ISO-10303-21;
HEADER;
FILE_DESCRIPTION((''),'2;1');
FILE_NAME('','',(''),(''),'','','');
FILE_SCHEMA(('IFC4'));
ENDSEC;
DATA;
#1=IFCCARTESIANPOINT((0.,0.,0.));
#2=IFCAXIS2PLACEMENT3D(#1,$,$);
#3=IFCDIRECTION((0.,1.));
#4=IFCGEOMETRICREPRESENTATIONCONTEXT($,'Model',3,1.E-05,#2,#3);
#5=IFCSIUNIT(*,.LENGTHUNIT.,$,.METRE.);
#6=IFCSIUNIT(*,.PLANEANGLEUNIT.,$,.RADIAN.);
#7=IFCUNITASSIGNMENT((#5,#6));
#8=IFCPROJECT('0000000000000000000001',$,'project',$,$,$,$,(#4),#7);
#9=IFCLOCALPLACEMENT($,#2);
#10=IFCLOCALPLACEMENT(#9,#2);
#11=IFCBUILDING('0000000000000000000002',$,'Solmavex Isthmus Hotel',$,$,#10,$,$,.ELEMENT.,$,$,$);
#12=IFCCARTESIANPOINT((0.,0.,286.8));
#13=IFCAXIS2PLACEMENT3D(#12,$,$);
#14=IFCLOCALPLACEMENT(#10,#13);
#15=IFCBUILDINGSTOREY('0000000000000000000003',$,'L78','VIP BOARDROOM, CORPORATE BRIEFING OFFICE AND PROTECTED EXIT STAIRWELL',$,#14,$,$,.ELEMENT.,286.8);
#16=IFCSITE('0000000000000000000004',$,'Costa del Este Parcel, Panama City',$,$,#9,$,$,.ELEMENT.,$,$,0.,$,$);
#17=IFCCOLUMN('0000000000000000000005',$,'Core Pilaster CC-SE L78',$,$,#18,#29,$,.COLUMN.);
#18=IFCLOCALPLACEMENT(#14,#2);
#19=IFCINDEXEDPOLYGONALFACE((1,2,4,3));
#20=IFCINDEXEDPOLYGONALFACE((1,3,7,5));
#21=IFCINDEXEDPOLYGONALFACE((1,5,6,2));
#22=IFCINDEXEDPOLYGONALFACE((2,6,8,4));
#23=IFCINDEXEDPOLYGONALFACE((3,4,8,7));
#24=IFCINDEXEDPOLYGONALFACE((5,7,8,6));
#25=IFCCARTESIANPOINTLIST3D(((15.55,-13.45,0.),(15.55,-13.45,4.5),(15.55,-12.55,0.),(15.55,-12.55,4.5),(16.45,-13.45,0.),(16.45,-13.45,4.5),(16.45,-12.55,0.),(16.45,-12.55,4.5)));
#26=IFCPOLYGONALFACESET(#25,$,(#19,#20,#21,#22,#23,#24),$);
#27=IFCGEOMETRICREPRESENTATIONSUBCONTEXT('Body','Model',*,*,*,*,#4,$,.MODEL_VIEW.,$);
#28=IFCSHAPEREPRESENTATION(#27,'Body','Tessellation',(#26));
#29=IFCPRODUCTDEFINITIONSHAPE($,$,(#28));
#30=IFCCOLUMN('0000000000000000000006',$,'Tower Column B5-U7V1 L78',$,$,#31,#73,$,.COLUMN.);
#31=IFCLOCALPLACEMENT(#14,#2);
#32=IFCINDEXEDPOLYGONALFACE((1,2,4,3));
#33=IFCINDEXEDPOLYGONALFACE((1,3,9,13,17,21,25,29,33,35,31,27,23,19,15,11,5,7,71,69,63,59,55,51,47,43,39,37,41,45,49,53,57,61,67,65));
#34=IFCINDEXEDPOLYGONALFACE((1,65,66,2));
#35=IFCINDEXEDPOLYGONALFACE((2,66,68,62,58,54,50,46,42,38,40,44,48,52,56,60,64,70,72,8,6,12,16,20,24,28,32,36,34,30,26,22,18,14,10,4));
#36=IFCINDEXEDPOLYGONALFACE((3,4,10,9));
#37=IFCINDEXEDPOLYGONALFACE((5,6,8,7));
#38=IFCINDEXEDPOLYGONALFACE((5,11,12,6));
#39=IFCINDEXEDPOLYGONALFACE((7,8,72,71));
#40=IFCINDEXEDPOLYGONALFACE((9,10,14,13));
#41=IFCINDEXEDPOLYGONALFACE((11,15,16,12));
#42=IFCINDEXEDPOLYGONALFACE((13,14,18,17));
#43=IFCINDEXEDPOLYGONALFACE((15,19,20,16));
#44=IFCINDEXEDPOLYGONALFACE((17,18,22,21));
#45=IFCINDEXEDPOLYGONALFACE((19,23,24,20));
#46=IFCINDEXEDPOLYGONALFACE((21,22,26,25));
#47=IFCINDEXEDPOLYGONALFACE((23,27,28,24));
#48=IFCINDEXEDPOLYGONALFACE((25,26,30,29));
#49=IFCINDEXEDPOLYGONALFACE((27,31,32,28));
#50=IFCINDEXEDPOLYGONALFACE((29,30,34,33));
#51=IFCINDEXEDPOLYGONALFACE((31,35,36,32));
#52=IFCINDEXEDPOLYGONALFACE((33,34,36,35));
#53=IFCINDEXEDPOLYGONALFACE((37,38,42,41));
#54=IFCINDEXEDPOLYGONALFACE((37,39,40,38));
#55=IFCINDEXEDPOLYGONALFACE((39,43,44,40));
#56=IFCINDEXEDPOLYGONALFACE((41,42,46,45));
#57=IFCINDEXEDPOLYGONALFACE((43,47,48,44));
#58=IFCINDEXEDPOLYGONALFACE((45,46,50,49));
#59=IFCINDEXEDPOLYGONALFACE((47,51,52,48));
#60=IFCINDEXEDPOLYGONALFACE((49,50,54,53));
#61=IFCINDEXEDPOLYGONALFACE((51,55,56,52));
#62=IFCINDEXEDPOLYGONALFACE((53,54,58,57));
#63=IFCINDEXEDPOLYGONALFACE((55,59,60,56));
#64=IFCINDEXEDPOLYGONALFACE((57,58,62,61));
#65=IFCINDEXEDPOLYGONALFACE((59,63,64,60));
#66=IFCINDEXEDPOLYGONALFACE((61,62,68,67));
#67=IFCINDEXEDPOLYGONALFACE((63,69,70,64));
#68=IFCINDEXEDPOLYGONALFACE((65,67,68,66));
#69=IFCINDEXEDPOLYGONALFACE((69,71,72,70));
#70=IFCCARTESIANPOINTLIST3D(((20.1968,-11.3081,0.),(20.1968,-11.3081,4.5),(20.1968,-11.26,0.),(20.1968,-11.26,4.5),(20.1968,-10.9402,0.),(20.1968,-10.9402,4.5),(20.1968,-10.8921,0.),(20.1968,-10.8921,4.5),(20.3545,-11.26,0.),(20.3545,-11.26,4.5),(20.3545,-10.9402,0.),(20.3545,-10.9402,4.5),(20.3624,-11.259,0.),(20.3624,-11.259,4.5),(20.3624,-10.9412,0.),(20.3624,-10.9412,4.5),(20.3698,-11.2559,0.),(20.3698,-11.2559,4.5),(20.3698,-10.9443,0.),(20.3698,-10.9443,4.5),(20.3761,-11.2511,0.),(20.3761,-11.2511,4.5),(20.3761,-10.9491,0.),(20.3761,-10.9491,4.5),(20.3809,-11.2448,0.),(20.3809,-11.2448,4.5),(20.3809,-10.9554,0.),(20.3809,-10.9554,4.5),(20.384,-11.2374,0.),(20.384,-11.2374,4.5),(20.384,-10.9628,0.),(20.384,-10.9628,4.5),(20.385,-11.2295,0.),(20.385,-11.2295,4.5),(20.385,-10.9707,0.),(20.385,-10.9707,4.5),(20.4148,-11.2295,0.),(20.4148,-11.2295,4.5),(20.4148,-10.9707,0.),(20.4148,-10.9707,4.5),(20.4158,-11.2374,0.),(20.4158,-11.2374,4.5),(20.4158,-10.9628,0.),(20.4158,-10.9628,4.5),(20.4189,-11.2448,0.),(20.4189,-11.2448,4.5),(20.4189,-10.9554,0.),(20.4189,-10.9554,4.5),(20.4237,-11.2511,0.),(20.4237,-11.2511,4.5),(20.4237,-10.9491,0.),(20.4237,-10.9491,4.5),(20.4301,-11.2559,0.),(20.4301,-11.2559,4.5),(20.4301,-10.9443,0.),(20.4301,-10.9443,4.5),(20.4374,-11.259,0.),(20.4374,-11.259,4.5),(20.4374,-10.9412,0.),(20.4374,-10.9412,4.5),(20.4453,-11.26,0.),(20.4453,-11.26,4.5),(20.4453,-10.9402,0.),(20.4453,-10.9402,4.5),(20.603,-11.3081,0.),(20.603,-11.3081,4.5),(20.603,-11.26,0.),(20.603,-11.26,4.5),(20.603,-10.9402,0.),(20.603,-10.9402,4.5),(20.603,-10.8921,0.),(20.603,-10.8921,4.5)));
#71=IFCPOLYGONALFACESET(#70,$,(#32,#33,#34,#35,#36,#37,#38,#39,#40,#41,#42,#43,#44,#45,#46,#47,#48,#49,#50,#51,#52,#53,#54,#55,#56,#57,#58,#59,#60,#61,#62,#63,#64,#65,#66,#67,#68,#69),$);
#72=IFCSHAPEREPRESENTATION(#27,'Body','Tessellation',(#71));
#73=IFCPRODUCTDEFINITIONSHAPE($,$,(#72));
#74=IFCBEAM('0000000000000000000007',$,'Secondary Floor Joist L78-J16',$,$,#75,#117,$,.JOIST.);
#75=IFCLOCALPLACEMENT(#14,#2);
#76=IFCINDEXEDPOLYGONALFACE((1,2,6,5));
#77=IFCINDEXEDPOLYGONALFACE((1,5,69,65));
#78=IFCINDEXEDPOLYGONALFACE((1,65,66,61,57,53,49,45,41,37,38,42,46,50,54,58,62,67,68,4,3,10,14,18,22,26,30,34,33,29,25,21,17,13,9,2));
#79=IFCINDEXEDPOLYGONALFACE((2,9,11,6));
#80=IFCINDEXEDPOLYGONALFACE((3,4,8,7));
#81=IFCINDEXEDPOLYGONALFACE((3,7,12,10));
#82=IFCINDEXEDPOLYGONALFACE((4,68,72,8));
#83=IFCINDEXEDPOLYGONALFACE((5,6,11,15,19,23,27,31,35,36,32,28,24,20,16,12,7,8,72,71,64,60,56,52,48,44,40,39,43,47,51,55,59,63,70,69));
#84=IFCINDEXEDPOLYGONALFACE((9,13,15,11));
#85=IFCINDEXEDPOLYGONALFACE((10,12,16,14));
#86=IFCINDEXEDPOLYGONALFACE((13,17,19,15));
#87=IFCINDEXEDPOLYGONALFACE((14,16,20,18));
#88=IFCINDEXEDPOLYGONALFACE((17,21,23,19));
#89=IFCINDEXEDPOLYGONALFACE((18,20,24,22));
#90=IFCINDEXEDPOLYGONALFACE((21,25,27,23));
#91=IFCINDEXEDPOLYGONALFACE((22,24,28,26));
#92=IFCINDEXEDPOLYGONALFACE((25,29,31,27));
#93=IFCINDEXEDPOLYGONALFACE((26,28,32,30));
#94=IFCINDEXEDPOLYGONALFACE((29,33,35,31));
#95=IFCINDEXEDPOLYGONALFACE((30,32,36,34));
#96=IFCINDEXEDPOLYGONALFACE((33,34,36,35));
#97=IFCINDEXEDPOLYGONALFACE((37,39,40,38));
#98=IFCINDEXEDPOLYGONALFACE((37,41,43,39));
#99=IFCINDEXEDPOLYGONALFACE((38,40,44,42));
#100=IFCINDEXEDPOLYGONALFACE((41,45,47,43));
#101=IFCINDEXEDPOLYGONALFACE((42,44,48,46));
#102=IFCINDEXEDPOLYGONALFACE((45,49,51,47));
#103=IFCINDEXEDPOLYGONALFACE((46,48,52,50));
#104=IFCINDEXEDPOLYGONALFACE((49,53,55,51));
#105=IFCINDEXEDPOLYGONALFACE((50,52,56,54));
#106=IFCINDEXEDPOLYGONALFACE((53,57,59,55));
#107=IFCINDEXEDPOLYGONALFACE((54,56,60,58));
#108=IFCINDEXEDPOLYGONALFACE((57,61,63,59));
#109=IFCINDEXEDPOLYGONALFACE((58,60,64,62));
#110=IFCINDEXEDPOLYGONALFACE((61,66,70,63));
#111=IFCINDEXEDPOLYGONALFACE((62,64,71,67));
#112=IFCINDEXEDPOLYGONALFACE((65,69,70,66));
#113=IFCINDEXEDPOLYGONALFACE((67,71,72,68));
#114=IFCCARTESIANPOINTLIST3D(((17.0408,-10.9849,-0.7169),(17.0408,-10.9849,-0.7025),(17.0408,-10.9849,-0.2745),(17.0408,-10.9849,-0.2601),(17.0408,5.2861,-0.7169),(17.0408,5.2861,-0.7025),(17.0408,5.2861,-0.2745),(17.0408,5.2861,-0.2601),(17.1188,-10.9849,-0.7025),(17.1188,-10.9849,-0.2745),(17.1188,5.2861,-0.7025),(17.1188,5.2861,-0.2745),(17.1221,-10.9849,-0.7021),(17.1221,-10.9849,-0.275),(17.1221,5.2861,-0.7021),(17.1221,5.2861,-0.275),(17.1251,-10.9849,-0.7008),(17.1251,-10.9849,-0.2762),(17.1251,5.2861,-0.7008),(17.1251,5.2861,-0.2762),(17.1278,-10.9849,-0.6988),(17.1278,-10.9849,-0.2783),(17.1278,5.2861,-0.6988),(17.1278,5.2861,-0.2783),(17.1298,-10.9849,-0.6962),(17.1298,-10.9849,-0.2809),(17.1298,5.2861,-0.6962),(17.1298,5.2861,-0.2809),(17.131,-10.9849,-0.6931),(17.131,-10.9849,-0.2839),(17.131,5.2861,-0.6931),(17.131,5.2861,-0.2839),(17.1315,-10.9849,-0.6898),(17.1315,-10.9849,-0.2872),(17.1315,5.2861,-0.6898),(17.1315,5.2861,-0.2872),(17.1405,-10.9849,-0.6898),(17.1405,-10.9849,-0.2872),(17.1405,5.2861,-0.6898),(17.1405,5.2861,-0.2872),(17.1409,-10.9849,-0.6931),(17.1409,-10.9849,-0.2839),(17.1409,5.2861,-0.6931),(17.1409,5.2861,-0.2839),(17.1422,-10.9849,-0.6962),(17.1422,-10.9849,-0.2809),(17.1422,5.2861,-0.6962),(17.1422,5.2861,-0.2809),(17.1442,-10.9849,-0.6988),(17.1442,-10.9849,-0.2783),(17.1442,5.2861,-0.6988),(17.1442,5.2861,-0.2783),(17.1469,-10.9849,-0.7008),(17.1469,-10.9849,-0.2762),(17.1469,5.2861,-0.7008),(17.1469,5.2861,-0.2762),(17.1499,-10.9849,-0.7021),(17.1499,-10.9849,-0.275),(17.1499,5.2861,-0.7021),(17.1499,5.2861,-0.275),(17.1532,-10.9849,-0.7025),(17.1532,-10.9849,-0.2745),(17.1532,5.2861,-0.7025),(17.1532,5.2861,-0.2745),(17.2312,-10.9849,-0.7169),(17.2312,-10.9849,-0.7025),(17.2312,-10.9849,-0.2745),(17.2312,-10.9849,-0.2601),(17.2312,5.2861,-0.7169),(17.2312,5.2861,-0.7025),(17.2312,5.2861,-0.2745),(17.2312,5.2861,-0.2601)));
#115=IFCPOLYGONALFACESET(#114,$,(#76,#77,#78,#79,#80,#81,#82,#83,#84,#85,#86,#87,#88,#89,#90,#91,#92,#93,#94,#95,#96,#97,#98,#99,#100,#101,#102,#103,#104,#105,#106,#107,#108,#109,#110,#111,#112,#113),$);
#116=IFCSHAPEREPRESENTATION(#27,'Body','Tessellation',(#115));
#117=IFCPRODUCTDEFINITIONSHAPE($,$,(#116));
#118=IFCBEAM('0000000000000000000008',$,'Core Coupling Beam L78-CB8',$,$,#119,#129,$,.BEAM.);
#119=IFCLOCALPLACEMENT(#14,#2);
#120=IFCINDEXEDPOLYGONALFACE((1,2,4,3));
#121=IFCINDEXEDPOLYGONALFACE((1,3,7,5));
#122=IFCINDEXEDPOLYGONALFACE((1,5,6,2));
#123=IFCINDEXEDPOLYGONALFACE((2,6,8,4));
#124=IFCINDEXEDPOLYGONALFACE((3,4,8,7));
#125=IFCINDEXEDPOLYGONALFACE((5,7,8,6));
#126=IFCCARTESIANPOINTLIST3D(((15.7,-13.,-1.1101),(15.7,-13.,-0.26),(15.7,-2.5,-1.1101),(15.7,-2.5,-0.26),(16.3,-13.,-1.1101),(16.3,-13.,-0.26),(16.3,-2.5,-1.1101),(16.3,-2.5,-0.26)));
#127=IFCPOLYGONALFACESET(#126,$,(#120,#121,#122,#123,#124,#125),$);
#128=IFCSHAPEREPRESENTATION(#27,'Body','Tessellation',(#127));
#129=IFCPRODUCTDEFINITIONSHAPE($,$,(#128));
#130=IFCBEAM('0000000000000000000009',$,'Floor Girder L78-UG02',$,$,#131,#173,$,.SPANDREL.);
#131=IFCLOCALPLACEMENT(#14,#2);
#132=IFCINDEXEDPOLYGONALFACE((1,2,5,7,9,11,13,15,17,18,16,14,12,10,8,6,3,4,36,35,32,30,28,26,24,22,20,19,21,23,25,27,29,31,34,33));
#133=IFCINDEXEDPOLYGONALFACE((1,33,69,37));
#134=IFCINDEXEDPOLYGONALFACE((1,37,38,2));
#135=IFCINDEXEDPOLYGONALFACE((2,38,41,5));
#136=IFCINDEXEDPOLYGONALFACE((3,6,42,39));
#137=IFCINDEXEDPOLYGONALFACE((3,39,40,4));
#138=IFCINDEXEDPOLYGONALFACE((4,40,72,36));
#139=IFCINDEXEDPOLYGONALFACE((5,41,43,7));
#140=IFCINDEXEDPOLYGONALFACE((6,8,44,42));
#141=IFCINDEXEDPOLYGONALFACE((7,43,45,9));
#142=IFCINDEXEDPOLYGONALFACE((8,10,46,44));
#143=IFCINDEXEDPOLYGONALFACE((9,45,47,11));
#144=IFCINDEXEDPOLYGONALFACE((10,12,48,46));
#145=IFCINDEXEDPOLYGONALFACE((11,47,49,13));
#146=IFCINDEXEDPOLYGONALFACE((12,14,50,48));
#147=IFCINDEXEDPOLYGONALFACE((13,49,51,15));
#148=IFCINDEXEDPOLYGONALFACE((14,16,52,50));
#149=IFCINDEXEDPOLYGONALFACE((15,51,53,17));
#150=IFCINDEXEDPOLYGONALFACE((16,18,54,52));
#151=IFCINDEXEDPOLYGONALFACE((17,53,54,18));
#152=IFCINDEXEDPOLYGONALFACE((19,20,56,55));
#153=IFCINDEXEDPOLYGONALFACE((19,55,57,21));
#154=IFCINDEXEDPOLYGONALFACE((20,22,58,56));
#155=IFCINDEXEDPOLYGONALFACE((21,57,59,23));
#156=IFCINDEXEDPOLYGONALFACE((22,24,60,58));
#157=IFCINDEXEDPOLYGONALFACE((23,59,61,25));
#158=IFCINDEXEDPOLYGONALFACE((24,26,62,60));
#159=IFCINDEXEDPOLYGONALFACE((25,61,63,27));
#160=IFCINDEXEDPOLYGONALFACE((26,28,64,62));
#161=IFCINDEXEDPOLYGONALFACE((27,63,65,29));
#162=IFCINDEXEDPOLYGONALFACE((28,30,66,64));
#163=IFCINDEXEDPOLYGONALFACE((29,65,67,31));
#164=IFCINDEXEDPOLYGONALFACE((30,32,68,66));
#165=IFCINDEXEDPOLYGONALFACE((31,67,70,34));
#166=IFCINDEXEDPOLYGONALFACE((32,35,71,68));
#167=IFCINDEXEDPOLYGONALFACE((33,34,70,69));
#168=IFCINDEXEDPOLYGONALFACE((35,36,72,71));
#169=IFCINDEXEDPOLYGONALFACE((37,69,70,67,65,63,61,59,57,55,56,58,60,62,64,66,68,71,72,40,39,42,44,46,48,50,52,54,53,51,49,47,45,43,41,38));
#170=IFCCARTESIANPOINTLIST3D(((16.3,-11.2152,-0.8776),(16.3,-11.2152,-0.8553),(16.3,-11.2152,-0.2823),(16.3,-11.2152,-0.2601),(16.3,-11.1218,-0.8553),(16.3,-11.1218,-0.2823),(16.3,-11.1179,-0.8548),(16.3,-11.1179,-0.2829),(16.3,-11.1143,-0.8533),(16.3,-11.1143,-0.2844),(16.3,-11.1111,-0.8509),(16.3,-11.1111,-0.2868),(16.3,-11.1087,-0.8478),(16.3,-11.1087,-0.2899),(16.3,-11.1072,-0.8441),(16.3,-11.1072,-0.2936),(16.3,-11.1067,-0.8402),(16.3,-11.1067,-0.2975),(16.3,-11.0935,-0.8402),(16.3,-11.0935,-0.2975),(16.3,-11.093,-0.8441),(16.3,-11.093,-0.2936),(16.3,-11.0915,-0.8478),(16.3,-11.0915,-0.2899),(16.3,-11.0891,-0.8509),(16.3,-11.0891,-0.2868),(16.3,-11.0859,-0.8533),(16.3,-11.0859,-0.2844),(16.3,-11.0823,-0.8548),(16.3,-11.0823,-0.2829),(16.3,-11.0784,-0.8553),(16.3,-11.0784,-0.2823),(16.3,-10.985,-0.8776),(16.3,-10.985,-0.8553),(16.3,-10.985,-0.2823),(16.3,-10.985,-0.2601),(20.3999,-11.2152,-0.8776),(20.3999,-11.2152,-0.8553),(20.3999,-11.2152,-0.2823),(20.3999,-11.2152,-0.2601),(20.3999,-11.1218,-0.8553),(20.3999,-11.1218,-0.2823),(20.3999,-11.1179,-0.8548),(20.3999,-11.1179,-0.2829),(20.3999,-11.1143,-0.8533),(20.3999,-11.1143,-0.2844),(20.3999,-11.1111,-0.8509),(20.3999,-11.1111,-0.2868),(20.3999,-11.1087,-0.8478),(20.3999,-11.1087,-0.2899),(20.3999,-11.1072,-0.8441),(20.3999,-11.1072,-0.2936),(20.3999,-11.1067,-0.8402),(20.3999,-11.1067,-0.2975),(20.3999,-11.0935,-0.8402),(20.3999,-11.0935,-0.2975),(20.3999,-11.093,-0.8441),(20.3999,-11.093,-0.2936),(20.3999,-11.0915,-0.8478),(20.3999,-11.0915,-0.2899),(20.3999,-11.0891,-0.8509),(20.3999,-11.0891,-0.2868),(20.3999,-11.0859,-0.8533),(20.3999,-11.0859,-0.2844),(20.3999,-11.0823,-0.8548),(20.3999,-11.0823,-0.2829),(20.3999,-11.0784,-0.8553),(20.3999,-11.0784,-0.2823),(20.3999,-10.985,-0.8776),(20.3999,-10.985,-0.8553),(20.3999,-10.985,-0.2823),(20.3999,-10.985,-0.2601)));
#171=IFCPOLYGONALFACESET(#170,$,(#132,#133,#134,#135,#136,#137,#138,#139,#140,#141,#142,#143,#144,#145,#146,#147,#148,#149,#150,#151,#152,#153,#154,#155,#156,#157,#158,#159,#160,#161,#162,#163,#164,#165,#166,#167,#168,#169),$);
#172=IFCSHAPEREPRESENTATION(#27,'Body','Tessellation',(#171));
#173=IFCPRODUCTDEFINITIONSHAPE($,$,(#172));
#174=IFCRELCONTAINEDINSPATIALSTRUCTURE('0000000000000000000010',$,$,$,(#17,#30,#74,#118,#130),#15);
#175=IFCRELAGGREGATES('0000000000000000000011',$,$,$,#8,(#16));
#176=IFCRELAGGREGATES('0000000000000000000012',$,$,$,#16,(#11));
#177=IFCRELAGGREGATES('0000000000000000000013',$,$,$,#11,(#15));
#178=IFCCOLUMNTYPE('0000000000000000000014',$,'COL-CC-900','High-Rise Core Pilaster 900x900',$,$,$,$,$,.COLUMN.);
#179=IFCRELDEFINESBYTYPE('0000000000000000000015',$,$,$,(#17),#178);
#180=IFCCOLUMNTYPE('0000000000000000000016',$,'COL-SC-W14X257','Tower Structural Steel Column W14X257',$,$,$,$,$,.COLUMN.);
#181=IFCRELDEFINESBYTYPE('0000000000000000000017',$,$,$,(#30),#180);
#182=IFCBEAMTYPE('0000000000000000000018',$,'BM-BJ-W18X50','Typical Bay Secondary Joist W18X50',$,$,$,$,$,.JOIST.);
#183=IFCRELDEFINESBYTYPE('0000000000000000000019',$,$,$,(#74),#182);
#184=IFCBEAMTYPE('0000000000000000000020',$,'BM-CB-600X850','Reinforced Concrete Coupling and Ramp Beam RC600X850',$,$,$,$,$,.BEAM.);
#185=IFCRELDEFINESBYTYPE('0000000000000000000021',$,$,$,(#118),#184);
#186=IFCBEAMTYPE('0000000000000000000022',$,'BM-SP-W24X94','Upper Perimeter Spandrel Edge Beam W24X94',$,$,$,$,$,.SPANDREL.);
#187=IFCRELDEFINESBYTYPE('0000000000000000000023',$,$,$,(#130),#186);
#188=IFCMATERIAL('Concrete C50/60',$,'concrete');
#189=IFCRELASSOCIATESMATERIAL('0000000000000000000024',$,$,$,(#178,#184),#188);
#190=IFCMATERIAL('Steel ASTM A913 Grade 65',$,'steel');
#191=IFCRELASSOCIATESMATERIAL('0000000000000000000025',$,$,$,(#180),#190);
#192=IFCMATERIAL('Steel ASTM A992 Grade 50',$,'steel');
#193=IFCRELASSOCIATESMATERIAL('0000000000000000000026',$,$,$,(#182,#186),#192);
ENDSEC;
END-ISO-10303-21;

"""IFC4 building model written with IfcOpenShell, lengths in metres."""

from ifc_helpers import new_model, si_unit, direction, frame, origin, origin_2d, place, context, subcontext, project, spatial, rectangle, i_section, extrude, material, material_profile, profile_set, type_object, element, save


model = new_model("IFC4")

# Units and contexts
model_context = context("Model", 3, precision=1e-05, world=origin(), true_north=direction((0.0, 1.0)))
body_context = subcontext(model_context, "Body", "Model", "MODEL_VIEW")
ifc_project = project(units=[si_unit("LENGTHUNIT", "METRE"), si_unit("PLANEANGLEUNIT", "RADIAN")], contexts=[model_context])

# Site, building, storey
site_placement = place(None, origin())
site = spatial("IfcSite", under=ifc_project, at=site_placement, Name="Costa del Este Parcel, Panama City", CompositionType="ELEMENT", RefElevation=0.0)
building_placement = place(site_placement, origin())
building = spatial("IfcBuilding", under=site, at=building_placement, Name="Solmavex Isthmus Hotel", CompositionType="ELEMENT")
storey_placement = place(building_placement, frame((0.0, 0.0, 286.8)))
storey = spatial("IfcBuildingStorey", under=building, at=storey_placement, Name="L78", Description="VIP BOARDROOM, CORPORATE BRIEFING OFFICE AND PROTECTED EXIT STAIRWELL", CompositionType="ELEMENT", Elevation=286.8)

# Columns
ifc_material_1 = material(Name="Concrete C50/60", Category="concrete")
ifc_material_profile_1 = material_profile(ifc_material_1, rectangle(XDim=0.8999, YDim=0.8999, at=origin_2d()), Name="RC900X900")
ifc_profile_set_1 = profile_set([ifc_material_profile_1], Name="Concrete C50/60")
column_type_1 = type_object("IfcColumnType", Name="COL-CC-900", Description="High-Rise Core Pilaster 900x900", PredefinedType="COLUMN", material=ifc_profile_set_1)
column_1_placement = place(storey_placement, frame((16.0, -13.0, 0.0), z_axis=(0.0, 0.0, 1.0), x_axis=(1.0, 0.0, 0.0)))
element("IfcColumn", 1, at=column_1_placement, inside=storey, type_object=column_type_1, Name="Core Pilaster CC-SE L78", PredefinedType="COLUMN", context=body_context, shape_type="SweptSolid", body=[
    extrude(rectangle(XDim=0.8999, YDim=0.8999, at=origin_2d()), origin(), (0.0, 0.0, 1.0), 4.5),
])
ifc_material_2 = material(Name="Steel ASTM A913 Grade 65", Category="steel")
ifc_material_profile_2 = material_profile(ifc_material_2, i_section(OverallWidth=0.4062, OverallDepth=0.416, WebThickness=0.0298, FlangeThickness=0.0481, FilletRadius=0.0305, at=origin_2d()), Name="W14X257")
ifc_profile_set_2 = profile_set([ifc_material_profile_2], Name="Steel ASTM A913 Grade 65")
column_type_2 = type_object("IfcColumnType", Name="COL-SC-W14X257", Description="Tower Structural Steel Column W14X257", PredefinedType="COLUMN", material=ifc_profile_set_2)
column_2_placement = place(storey_placement, frame((20.3999, -11.1001, 0.0), z_axis=(0.0, 0.0, 1.0), x_axis=(1.0, 0.0, 0.0)))
element("IfcColumn", 2, at=column_2_placement, inside=storey, type_object=column_type_2, Name="Tower Column B5-U7V1 L78", PredefinedType="COLUMN", context=body_context, shape_type="SweptSolid", body=[
    extrude(i_section(OverallWidth=0.4062, OverallDepth=0.416, WebThickness=0.0298, FlangeThickness=0.0481, FilletRadius=0.0305, at=origin_2d()), origin(), (0.0, 0.0, 1.0), 4.5),
])

# Beams
ifc_material_3 = material(Name="Steel ASTM A992 Grade 50", Category="steel")
ifc_material_profile_3 = material_profile(ifc_material_3, i_section(OverallWidth=0.1904, OverallDepth=0.4568, WebThickness=0.009, FlangeThickness=0.0144, FilletRadius=0.0127, at=origin_2d()), Name="W18X50")
ifc_profile_set_3 = profile_set([ifc_material_profile_3], Name="Steel ASTM A992 Grade 50")
beam_type_1 = type_object("IfcBeamType", Name="BM-BJ-W18X50", Description="Typical Bay Secondary Joist W18X50", PredefinedType="JOIST", material=ifc_profile_set_3)
beam_1_placement = place(storey_placement, frame((17.136, -10.9849, -0.4885), z_axis=(0.0, 1.0, 0.0), x_axis=(-1.0, 0.0, 0.0)))
element("IfcBeam", 3, at=beam_1_placement, inside=storey, type_object=beam_type_1, Name="Secondary Floor Joist L78-J16", PredefinedType="JOIST", context=body_context, shape_type="SweptSolid", body=[
    extrude(i_section(OverallWidth=0.1904, OverallDepth=0.4568, WebThickness=0.009, FlangeThickness=0.0144, FilletRadius=0.0127, at=origin_2d()), origin(), (0.0, 0.0, 1.0), 16.271),
])
ifc_material_profile_4 = material_profile(ifc_material_1, rectangle(XDim=0.6001, YDim=0.8501, at=origin_2d()), Name="RC600X850")
ifc_profile_set_4 = profile_set([ifc_material_profile_4], Name="Concrete C50/60")
beam_type_2 = type_object("IfcBeamType", Name="BM-CB-600X850", Description="Reinforced Concrete Coupling and Ramp Beam RC600X850", PredefinedType="BEAM", material=ifc_profile_set_4)
beam_2_placement = place(storey_placement, frame((16.0, -13.0, -0.6851), z_axis=(0.0, 1.0, 0.0), x_axis=(-1.0, 0.0, 0.0)))
element("IfcBeam", 4, at=beam_2_placement, inside=storey, type_object=beam_type_2, Name="Core Coupling Beam L78-CB8", PredefinedType="BEAM", context=body_context, shape_type="SweptSolid", body=[
    extrude(rectangle(XDim=0.6001, YDim=0.8501, at=origin_2d()), origin(), (0.0, 0.0, 1.0), 10.5),
])
ifc_material_profile_5 = material_profile(ifc_material_3, i_section(OverallWidth=0.2302, OverallDepth=0.6174, WebThickness=0.0132, FlangeThickness=0.0222, FilletRadius=0.0151, at=origin_2d()), Name="W24X94")
ifc_profile_set_5 = profile_set([ifc_material_profile_5], Name="Steel ASTM A992 Grade 50")
beam_type_3 = type_object("IfcBeamType", Name="BM-SP-W24X94", Description="Upper Perimeter Spandrel Edge Beam W24X94", PredefinedType="SPANDREL", material=ifc_profile_set_5)
beam_3_placement = place(storey_placement, frame((16.3, -11.1001, -0.5688), z_axis=(1.0, 0.0, 0.0), x_axis=(0.0, 1.0, 0.0)))
element("IfcBeam", 5, at=beam_3_placement, inside=storey, type_object=beam_type_3, Name="Floor Girder L78-UG02", PredefinedType="SPANDREL", context=body_context, shape_type="SweptSolid", body=[
    extrude(i_section(OverallWidth=0.2302, OverallDepth=0.6174, WebThickness=0.0132, FlangeThickness=0.0222, FilletRadius=0.0151, at=origin_2d()), origin(), (0.0, 0.0, 1.0), 4.0999),
])

save(model, "model.ifc")
